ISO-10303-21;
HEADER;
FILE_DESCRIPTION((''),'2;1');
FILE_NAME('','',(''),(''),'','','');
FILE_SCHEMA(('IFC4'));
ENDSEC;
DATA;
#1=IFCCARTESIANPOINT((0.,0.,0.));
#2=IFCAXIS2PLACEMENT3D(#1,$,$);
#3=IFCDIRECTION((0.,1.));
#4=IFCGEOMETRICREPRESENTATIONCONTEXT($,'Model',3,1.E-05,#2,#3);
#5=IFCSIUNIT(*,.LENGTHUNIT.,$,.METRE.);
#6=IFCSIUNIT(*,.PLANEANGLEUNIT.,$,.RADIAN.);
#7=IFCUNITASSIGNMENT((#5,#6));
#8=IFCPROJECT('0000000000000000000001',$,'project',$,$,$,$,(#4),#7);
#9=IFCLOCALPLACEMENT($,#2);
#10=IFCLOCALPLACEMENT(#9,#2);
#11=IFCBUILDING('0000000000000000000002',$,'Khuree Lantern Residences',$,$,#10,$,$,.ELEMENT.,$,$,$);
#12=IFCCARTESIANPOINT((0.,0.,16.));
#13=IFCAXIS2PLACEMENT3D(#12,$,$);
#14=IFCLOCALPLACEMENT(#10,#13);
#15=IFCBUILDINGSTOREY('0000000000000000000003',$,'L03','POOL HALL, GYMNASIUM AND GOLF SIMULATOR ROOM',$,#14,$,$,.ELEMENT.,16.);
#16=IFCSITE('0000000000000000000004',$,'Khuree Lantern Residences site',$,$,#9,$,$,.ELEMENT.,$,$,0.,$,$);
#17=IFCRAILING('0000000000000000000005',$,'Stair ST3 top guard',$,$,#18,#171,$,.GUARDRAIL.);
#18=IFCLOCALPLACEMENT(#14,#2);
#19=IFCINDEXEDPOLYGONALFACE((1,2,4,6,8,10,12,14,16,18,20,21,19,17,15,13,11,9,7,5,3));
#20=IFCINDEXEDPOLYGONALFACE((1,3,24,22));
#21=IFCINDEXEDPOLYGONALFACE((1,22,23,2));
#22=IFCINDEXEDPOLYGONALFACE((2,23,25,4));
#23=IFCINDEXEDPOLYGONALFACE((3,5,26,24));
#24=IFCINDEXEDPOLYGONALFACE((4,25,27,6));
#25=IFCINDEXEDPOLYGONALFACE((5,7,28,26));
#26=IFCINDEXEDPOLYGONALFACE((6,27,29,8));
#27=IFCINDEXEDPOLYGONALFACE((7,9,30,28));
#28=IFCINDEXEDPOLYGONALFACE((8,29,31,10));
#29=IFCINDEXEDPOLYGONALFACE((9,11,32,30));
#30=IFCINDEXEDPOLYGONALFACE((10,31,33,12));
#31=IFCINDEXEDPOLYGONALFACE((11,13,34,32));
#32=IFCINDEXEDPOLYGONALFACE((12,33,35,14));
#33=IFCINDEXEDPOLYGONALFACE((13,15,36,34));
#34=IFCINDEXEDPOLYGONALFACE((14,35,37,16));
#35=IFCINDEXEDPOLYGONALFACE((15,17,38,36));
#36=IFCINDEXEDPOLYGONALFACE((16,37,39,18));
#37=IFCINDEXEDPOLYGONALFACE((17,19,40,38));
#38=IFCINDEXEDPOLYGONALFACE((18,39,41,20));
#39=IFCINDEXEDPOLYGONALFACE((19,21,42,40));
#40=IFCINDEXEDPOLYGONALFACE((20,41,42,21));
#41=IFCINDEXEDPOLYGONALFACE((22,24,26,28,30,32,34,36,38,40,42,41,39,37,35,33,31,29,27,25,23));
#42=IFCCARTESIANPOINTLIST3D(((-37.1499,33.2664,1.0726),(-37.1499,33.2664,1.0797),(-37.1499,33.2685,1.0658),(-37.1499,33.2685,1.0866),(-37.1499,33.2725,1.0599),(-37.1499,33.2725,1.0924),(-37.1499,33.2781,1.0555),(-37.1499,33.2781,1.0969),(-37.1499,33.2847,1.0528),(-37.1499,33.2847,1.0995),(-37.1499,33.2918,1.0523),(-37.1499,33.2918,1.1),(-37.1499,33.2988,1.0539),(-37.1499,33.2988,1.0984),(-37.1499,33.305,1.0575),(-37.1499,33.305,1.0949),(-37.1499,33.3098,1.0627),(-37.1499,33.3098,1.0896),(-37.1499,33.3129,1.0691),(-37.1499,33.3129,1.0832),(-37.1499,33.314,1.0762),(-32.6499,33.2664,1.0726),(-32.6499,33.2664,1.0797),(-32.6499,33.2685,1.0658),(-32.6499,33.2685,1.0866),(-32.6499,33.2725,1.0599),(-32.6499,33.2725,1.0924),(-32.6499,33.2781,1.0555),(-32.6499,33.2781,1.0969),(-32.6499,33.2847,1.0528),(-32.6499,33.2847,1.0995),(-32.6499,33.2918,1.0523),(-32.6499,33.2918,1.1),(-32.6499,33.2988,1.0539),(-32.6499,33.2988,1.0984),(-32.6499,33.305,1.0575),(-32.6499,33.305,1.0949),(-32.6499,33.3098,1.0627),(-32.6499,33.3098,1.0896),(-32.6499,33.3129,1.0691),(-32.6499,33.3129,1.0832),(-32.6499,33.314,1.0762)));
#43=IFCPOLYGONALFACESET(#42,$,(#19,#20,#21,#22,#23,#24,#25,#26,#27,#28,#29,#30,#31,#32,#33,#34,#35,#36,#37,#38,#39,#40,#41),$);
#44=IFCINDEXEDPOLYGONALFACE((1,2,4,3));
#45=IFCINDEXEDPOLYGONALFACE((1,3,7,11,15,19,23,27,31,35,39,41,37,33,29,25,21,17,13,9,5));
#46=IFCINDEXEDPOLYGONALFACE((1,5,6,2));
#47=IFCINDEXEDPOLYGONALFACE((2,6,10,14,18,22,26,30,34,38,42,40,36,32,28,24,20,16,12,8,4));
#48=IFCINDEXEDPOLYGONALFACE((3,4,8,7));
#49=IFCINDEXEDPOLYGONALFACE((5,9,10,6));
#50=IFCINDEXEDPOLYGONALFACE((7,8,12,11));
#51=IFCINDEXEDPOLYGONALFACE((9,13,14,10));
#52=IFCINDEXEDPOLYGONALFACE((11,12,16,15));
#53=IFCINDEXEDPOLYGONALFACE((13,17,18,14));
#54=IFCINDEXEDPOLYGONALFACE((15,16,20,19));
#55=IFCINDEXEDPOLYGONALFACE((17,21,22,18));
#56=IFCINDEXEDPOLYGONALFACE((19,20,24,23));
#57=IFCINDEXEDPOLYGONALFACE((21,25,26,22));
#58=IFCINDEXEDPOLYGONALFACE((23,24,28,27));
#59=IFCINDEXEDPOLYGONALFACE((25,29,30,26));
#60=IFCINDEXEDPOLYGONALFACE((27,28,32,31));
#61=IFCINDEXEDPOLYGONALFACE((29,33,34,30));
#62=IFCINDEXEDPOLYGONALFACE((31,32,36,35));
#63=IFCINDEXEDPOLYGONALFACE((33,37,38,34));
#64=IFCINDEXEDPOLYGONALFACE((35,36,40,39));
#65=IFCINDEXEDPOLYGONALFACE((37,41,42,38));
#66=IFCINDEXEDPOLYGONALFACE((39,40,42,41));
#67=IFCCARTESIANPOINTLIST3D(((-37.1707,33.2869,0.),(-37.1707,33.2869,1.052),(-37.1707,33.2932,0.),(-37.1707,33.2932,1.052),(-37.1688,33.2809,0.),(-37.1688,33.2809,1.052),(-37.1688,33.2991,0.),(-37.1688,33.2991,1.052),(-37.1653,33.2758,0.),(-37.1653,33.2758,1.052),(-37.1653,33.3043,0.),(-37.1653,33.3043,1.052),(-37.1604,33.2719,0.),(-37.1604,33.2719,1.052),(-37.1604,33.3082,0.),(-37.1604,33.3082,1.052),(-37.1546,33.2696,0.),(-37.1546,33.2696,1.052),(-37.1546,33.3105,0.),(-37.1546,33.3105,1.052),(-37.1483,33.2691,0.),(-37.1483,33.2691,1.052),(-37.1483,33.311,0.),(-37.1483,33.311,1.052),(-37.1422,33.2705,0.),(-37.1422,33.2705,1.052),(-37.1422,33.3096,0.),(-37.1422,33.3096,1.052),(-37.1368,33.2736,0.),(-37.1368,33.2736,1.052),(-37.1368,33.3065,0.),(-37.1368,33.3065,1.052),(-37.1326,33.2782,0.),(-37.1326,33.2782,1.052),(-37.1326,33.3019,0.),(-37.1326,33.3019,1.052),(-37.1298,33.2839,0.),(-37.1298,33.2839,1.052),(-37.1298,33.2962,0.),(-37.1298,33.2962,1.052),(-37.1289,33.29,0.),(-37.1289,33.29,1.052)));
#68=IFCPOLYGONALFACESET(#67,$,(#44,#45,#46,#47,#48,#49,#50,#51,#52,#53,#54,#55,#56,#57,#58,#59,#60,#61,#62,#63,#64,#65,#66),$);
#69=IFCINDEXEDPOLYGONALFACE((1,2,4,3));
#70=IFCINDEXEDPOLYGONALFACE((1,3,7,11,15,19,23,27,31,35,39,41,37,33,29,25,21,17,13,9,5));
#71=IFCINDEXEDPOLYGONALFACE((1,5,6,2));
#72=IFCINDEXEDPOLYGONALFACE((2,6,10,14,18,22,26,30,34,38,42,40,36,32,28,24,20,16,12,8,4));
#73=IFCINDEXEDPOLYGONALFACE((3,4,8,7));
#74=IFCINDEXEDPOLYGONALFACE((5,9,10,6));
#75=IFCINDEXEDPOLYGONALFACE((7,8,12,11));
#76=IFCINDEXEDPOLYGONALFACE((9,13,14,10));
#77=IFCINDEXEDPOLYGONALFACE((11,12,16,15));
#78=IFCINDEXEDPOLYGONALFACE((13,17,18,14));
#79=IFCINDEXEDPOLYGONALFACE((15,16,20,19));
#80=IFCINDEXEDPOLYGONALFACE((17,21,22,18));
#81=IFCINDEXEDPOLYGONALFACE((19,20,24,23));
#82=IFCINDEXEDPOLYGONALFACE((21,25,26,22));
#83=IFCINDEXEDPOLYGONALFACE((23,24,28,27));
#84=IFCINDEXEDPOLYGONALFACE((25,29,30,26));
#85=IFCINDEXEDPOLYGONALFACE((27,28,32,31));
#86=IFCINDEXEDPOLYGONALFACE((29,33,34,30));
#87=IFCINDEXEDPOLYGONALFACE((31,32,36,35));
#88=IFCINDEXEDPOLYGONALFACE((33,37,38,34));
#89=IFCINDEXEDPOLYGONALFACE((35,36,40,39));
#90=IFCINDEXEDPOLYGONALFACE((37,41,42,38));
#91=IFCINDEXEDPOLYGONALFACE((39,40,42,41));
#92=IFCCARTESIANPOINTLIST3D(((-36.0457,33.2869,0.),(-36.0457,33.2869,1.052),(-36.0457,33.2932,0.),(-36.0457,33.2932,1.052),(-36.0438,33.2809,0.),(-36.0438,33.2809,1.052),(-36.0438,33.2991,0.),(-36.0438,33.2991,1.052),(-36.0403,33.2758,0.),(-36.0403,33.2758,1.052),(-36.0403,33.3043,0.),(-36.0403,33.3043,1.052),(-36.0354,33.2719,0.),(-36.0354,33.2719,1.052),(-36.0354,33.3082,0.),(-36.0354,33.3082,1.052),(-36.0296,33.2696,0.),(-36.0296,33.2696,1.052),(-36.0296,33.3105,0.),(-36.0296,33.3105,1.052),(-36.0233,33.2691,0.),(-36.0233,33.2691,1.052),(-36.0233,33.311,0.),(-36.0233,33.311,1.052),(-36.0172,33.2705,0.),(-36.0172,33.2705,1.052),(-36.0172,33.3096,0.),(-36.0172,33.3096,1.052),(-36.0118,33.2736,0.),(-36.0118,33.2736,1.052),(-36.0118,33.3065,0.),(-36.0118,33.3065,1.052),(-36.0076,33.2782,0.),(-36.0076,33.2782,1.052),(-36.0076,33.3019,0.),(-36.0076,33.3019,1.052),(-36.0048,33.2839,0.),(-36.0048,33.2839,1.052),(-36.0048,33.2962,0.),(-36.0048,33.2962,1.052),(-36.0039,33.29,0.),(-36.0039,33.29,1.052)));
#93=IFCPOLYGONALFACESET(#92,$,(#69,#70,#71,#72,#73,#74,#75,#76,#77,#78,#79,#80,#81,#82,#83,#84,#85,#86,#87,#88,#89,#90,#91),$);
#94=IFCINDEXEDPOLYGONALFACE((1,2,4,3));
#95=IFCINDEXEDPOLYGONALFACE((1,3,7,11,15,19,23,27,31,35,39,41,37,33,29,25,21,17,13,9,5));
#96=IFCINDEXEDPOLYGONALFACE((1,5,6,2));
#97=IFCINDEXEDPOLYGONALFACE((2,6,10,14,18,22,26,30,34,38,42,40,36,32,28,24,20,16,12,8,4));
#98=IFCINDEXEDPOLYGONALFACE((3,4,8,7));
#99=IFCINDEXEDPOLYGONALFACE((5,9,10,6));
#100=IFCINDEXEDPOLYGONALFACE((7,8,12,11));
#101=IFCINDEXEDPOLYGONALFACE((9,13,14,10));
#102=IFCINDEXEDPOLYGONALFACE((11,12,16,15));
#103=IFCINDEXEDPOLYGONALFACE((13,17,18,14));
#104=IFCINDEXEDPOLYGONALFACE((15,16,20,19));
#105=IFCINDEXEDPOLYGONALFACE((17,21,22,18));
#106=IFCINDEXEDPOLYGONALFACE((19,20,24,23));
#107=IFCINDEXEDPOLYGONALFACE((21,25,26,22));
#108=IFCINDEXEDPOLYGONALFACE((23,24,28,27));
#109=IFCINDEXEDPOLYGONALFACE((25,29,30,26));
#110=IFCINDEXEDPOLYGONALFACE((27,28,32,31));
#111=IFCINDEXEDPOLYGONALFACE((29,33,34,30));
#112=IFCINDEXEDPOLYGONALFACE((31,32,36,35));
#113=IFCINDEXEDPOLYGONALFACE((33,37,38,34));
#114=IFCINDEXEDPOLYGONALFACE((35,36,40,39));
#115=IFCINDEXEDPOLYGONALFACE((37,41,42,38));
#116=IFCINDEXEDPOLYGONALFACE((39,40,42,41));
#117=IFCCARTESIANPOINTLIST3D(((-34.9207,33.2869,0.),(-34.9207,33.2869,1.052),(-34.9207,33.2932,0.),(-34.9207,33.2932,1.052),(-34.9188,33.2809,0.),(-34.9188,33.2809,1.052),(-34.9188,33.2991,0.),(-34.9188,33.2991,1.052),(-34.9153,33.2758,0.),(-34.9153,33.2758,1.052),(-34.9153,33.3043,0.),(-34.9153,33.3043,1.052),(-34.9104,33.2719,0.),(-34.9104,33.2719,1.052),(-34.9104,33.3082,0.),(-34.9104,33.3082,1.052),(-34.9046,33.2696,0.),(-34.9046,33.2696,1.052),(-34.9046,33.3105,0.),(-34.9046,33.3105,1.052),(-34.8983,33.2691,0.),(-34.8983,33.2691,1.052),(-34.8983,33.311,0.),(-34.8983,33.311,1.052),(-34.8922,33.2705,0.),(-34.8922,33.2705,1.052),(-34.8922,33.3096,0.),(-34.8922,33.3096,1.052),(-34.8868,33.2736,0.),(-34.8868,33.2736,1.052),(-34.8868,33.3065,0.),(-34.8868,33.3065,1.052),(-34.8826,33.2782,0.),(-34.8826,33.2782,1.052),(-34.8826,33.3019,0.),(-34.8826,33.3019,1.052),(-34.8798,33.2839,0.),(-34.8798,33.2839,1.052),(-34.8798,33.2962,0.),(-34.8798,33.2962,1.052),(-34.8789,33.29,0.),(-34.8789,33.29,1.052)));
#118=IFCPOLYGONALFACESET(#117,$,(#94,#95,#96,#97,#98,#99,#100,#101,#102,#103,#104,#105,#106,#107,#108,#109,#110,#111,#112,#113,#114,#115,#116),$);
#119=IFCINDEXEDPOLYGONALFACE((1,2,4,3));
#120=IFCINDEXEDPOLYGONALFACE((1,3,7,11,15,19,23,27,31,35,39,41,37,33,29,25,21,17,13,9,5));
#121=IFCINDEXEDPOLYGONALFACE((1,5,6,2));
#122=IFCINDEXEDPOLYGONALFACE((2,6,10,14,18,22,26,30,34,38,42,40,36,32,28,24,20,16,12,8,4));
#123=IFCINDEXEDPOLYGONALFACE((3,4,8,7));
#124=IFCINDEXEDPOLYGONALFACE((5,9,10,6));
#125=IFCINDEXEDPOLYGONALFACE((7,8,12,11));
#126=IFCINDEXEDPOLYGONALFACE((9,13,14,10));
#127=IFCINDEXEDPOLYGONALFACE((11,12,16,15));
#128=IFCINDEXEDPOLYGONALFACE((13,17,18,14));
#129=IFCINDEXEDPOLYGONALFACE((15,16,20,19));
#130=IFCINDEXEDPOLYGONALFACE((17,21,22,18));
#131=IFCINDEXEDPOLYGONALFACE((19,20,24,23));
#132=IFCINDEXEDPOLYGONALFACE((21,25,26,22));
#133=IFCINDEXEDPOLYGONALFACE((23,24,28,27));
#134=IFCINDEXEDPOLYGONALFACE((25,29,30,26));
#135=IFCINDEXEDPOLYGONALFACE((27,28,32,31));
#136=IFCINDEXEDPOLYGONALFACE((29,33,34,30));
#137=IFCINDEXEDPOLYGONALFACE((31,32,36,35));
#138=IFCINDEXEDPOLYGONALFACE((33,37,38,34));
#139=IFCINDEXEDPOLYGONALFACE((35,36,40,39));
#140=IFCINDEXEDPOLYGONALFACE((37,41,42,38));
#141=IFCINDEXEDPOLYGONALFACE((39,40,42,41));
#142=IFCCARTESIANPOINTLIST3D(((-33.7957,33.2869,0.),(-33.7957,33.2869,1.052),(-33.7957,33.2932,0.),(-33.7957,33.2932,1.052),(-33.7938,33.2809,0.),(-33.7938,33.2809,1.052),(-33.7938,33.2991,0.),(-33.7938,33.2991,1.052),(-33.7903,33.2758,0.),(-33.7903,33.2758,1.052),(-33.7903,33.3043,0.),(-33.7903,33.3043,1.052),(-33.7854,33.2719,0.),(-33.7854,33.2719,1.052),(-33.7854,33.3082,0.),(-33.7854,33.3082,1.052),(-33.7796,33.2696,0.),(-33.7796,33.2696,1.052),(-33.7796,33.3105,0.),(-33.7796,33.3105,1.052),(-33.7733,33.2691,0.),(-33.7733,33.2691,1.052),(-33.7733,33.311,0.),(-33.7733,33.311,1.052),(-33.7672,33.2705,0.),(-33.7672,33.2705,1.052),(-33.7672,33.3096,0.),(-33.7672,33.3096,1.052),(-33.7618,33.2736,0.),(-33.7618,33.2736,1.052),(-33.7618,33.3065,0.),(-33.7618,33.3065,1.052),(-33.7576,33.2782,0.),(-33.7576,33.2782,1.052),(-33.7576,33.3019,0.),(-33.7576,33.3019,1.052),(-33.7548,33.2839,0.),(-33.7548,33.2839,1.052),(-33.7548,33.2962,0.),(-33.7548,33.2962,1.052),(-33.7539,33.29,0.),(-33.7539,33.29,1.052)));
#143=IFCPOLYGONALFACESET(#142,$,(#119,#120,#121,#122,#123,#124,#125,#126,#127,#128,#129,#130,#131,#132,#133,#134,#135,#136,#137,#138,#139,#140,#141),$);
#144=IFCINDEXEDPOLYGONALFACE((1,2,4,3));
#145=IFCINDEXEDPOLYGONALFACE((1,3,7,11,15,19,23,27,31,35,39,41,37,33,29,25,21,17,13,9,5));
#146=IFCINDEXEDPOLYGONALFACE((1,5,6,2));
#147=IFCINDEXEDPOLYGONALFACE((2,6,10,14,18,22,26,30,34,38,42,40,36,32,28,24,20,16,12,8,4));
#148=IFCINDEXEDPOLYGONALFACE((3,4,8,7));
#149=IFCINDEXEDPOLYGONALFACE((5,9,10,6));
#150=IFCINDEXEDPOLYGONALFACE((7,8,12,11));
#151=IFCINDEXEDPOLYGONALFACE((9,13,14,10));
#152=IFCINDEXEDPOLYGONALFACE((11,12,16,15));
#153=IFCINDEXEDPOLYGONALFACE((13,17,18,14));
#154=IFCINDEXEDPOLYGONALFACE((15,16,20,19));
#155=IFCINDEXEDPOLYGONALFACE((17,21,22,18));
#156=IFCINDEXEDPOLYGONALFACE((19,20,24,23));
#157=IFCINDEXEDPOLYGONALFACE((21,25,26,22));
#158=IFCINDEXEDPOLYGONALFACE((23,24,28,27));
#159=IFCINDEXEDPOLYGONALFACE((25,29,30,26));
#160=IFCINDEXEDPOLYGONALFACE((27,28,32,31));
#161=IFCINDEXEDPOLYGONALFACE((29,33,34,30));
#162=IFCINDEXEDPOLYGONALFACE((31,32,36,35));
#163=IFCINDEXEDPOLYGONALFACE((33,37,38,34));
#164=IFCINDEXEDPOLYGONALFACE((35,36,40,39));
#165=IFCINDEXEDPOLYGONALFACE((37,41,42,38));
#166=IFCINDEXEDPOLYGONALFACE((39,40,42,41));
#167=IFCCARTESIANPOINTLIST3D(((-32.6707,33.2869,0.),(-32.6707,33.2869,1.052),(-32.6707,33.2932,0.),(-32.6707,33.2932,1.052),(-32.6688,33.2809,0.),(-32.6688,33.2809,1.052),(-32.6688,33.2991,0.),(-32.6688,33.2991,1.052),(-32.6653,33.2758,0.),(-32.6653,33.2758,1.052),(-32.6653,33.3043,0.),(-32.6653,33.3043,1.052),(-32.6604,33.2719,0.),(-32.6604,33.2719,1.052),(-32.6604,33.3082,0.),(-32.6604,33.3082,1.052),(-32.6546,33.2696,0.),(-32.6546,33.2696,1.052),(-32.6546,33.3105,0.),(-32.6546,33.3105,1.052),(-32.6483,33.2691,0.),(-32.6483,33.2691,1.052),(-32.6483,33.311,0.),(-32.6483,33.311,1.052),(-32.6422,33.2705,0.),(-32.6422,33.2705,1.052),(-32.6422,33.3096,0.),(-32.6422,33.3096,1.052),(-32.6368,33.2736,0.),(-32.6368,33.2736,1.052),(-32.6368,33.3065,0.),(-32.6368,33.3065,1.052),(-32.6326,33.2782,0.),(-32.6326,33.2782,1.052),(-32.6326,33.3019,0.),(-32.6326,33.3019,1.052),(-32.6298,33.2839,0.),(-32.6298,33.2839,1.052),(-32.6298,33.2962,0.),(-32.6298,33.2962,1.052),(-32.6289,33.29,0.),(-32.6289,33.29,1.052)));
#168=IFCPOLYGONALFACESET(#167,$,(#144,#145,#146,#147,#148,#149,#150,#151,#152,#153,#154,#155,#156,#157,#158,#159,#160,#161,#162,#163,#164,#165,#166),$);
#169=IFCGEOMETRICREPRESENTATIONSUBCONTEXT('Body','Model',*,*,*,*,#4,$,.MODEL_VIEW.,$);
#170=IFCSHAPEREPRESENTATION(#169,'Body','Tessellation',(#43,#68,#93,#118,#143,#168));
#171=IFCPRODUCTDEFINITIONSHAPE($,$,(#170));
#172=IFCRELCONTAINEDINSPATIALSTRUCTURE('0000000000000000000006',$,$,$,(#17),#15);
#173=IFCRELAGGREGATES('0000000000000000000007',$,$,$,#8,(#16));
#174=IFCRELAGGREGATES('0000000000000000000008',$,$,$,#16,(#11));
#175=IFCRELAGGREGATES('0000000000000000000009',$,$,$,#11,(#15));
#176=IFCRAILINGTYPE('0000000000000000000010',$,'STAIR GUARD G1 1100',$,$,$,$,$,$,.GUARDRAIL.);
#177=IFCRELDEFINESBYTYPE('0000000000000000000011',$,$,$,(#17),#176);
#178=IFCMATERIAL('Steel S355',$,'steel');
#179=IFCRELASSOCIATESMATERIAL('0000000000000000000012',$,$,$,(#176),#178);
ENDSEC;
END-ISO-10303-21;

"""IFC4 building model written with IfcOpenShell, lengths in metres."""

from ifc_helpers import new_model, si_unit, direction, frame, origin, origin_2d, place, context, subcontext, project, spatial, circle, extrude, material, type_object, element, save


model = new_model("IFC4")

# Units and contexts
model_context = context("Model", 3, precision=1e-05, world=origin(), true_north=direction((0.0, 1.0)))
body_context = subcontext(model_context, "Body", "Model", "MODEL_VIEW")
ifc_project = project(units=[si_unit("LENGTHUNIT", "METRE"), si_unit("PLANEANGLEUNIT", "RADIAN")], contexts=[model_context])

# Site, building, storey
site_placement = place(None, origin())
site = spatial("IfcSite", under=ifc_project, at=site_placement, Name="Khuree Lantern Residences site", CompositionType="ELEMENT", RefElevation=0.0)
building_placement = place(site_placement, origin())
building = spatial("IfcBuilding", under=site, at=building_placement, Name="Khuree Lantern Residences", CompositionType="ELEMENT")
storey_placement = place(building_placement, frame((0.0, 0.0, 16.0)))
storey = spatial("IfcBuildingStorey", under=building, at=storey_placement, Name="L03", Description="POOL HALL, GYMNASIUM AND GOLF SIMULATOR ROOM", CompositionType="ELEMENT", Elevation=16.0)

# Railing
ifc_material_1 = material(Name="Steel S355", Category="steel")
railing_type = type_object("IfcRailingType", Name="STAIR GUARD G1 1100", PredefinedType="GUARDRAIL", material=ifc_material_1)
railing_1_placement = place(storey_placement, frame((-37.1499, 33.29, 0.0)))
element("IfcRailing", 1, at=railing_1_placement, inside=storey, type_object=railing_type, Name="Stair ST3 top guard", PredefinedType="GUARDRAIL", context=body_context, shape_type="SweptSolid", body=[
    extrude(circle(Radius=0.0239, at=origin_2d()), frame((0.0, 0.0, 1.0762), z_axis=(1.0, 0.0, 0.0), x_axis=(0.0, 1.0, 0.0)), (0.0, 0.0, 1.0), 4.5),
    extrude(circle(Radius=0.021, at=origin_2d()), origin(), (0.0, 0.0, 1.0), 1.052),
    extrude(circle(Radius=0.021, at=origin_2d()), frame((1.125, 0.0, 0.0)), (0.0, 0.0, 1.0), 1.052),
    extrude(circle(Radius=0.021, at=origin_2d()), frame((2.25, 0.0, 0.0)), (0.0, 0.0, 1.0), 1.052),
    extrude(circle(Radius=0.021, at=origin_2d()), frame((3.375, 0.0, 0.0)), (0.0, 0.0, 1.0), 1.052),
    extrude(circle(Radius=0.021, at=origin_2d()), frame((4.5, 0.0, 0.0)), (0.0, 0.0, 1.0), 1.052),
])

save(model, "model.ifc")
